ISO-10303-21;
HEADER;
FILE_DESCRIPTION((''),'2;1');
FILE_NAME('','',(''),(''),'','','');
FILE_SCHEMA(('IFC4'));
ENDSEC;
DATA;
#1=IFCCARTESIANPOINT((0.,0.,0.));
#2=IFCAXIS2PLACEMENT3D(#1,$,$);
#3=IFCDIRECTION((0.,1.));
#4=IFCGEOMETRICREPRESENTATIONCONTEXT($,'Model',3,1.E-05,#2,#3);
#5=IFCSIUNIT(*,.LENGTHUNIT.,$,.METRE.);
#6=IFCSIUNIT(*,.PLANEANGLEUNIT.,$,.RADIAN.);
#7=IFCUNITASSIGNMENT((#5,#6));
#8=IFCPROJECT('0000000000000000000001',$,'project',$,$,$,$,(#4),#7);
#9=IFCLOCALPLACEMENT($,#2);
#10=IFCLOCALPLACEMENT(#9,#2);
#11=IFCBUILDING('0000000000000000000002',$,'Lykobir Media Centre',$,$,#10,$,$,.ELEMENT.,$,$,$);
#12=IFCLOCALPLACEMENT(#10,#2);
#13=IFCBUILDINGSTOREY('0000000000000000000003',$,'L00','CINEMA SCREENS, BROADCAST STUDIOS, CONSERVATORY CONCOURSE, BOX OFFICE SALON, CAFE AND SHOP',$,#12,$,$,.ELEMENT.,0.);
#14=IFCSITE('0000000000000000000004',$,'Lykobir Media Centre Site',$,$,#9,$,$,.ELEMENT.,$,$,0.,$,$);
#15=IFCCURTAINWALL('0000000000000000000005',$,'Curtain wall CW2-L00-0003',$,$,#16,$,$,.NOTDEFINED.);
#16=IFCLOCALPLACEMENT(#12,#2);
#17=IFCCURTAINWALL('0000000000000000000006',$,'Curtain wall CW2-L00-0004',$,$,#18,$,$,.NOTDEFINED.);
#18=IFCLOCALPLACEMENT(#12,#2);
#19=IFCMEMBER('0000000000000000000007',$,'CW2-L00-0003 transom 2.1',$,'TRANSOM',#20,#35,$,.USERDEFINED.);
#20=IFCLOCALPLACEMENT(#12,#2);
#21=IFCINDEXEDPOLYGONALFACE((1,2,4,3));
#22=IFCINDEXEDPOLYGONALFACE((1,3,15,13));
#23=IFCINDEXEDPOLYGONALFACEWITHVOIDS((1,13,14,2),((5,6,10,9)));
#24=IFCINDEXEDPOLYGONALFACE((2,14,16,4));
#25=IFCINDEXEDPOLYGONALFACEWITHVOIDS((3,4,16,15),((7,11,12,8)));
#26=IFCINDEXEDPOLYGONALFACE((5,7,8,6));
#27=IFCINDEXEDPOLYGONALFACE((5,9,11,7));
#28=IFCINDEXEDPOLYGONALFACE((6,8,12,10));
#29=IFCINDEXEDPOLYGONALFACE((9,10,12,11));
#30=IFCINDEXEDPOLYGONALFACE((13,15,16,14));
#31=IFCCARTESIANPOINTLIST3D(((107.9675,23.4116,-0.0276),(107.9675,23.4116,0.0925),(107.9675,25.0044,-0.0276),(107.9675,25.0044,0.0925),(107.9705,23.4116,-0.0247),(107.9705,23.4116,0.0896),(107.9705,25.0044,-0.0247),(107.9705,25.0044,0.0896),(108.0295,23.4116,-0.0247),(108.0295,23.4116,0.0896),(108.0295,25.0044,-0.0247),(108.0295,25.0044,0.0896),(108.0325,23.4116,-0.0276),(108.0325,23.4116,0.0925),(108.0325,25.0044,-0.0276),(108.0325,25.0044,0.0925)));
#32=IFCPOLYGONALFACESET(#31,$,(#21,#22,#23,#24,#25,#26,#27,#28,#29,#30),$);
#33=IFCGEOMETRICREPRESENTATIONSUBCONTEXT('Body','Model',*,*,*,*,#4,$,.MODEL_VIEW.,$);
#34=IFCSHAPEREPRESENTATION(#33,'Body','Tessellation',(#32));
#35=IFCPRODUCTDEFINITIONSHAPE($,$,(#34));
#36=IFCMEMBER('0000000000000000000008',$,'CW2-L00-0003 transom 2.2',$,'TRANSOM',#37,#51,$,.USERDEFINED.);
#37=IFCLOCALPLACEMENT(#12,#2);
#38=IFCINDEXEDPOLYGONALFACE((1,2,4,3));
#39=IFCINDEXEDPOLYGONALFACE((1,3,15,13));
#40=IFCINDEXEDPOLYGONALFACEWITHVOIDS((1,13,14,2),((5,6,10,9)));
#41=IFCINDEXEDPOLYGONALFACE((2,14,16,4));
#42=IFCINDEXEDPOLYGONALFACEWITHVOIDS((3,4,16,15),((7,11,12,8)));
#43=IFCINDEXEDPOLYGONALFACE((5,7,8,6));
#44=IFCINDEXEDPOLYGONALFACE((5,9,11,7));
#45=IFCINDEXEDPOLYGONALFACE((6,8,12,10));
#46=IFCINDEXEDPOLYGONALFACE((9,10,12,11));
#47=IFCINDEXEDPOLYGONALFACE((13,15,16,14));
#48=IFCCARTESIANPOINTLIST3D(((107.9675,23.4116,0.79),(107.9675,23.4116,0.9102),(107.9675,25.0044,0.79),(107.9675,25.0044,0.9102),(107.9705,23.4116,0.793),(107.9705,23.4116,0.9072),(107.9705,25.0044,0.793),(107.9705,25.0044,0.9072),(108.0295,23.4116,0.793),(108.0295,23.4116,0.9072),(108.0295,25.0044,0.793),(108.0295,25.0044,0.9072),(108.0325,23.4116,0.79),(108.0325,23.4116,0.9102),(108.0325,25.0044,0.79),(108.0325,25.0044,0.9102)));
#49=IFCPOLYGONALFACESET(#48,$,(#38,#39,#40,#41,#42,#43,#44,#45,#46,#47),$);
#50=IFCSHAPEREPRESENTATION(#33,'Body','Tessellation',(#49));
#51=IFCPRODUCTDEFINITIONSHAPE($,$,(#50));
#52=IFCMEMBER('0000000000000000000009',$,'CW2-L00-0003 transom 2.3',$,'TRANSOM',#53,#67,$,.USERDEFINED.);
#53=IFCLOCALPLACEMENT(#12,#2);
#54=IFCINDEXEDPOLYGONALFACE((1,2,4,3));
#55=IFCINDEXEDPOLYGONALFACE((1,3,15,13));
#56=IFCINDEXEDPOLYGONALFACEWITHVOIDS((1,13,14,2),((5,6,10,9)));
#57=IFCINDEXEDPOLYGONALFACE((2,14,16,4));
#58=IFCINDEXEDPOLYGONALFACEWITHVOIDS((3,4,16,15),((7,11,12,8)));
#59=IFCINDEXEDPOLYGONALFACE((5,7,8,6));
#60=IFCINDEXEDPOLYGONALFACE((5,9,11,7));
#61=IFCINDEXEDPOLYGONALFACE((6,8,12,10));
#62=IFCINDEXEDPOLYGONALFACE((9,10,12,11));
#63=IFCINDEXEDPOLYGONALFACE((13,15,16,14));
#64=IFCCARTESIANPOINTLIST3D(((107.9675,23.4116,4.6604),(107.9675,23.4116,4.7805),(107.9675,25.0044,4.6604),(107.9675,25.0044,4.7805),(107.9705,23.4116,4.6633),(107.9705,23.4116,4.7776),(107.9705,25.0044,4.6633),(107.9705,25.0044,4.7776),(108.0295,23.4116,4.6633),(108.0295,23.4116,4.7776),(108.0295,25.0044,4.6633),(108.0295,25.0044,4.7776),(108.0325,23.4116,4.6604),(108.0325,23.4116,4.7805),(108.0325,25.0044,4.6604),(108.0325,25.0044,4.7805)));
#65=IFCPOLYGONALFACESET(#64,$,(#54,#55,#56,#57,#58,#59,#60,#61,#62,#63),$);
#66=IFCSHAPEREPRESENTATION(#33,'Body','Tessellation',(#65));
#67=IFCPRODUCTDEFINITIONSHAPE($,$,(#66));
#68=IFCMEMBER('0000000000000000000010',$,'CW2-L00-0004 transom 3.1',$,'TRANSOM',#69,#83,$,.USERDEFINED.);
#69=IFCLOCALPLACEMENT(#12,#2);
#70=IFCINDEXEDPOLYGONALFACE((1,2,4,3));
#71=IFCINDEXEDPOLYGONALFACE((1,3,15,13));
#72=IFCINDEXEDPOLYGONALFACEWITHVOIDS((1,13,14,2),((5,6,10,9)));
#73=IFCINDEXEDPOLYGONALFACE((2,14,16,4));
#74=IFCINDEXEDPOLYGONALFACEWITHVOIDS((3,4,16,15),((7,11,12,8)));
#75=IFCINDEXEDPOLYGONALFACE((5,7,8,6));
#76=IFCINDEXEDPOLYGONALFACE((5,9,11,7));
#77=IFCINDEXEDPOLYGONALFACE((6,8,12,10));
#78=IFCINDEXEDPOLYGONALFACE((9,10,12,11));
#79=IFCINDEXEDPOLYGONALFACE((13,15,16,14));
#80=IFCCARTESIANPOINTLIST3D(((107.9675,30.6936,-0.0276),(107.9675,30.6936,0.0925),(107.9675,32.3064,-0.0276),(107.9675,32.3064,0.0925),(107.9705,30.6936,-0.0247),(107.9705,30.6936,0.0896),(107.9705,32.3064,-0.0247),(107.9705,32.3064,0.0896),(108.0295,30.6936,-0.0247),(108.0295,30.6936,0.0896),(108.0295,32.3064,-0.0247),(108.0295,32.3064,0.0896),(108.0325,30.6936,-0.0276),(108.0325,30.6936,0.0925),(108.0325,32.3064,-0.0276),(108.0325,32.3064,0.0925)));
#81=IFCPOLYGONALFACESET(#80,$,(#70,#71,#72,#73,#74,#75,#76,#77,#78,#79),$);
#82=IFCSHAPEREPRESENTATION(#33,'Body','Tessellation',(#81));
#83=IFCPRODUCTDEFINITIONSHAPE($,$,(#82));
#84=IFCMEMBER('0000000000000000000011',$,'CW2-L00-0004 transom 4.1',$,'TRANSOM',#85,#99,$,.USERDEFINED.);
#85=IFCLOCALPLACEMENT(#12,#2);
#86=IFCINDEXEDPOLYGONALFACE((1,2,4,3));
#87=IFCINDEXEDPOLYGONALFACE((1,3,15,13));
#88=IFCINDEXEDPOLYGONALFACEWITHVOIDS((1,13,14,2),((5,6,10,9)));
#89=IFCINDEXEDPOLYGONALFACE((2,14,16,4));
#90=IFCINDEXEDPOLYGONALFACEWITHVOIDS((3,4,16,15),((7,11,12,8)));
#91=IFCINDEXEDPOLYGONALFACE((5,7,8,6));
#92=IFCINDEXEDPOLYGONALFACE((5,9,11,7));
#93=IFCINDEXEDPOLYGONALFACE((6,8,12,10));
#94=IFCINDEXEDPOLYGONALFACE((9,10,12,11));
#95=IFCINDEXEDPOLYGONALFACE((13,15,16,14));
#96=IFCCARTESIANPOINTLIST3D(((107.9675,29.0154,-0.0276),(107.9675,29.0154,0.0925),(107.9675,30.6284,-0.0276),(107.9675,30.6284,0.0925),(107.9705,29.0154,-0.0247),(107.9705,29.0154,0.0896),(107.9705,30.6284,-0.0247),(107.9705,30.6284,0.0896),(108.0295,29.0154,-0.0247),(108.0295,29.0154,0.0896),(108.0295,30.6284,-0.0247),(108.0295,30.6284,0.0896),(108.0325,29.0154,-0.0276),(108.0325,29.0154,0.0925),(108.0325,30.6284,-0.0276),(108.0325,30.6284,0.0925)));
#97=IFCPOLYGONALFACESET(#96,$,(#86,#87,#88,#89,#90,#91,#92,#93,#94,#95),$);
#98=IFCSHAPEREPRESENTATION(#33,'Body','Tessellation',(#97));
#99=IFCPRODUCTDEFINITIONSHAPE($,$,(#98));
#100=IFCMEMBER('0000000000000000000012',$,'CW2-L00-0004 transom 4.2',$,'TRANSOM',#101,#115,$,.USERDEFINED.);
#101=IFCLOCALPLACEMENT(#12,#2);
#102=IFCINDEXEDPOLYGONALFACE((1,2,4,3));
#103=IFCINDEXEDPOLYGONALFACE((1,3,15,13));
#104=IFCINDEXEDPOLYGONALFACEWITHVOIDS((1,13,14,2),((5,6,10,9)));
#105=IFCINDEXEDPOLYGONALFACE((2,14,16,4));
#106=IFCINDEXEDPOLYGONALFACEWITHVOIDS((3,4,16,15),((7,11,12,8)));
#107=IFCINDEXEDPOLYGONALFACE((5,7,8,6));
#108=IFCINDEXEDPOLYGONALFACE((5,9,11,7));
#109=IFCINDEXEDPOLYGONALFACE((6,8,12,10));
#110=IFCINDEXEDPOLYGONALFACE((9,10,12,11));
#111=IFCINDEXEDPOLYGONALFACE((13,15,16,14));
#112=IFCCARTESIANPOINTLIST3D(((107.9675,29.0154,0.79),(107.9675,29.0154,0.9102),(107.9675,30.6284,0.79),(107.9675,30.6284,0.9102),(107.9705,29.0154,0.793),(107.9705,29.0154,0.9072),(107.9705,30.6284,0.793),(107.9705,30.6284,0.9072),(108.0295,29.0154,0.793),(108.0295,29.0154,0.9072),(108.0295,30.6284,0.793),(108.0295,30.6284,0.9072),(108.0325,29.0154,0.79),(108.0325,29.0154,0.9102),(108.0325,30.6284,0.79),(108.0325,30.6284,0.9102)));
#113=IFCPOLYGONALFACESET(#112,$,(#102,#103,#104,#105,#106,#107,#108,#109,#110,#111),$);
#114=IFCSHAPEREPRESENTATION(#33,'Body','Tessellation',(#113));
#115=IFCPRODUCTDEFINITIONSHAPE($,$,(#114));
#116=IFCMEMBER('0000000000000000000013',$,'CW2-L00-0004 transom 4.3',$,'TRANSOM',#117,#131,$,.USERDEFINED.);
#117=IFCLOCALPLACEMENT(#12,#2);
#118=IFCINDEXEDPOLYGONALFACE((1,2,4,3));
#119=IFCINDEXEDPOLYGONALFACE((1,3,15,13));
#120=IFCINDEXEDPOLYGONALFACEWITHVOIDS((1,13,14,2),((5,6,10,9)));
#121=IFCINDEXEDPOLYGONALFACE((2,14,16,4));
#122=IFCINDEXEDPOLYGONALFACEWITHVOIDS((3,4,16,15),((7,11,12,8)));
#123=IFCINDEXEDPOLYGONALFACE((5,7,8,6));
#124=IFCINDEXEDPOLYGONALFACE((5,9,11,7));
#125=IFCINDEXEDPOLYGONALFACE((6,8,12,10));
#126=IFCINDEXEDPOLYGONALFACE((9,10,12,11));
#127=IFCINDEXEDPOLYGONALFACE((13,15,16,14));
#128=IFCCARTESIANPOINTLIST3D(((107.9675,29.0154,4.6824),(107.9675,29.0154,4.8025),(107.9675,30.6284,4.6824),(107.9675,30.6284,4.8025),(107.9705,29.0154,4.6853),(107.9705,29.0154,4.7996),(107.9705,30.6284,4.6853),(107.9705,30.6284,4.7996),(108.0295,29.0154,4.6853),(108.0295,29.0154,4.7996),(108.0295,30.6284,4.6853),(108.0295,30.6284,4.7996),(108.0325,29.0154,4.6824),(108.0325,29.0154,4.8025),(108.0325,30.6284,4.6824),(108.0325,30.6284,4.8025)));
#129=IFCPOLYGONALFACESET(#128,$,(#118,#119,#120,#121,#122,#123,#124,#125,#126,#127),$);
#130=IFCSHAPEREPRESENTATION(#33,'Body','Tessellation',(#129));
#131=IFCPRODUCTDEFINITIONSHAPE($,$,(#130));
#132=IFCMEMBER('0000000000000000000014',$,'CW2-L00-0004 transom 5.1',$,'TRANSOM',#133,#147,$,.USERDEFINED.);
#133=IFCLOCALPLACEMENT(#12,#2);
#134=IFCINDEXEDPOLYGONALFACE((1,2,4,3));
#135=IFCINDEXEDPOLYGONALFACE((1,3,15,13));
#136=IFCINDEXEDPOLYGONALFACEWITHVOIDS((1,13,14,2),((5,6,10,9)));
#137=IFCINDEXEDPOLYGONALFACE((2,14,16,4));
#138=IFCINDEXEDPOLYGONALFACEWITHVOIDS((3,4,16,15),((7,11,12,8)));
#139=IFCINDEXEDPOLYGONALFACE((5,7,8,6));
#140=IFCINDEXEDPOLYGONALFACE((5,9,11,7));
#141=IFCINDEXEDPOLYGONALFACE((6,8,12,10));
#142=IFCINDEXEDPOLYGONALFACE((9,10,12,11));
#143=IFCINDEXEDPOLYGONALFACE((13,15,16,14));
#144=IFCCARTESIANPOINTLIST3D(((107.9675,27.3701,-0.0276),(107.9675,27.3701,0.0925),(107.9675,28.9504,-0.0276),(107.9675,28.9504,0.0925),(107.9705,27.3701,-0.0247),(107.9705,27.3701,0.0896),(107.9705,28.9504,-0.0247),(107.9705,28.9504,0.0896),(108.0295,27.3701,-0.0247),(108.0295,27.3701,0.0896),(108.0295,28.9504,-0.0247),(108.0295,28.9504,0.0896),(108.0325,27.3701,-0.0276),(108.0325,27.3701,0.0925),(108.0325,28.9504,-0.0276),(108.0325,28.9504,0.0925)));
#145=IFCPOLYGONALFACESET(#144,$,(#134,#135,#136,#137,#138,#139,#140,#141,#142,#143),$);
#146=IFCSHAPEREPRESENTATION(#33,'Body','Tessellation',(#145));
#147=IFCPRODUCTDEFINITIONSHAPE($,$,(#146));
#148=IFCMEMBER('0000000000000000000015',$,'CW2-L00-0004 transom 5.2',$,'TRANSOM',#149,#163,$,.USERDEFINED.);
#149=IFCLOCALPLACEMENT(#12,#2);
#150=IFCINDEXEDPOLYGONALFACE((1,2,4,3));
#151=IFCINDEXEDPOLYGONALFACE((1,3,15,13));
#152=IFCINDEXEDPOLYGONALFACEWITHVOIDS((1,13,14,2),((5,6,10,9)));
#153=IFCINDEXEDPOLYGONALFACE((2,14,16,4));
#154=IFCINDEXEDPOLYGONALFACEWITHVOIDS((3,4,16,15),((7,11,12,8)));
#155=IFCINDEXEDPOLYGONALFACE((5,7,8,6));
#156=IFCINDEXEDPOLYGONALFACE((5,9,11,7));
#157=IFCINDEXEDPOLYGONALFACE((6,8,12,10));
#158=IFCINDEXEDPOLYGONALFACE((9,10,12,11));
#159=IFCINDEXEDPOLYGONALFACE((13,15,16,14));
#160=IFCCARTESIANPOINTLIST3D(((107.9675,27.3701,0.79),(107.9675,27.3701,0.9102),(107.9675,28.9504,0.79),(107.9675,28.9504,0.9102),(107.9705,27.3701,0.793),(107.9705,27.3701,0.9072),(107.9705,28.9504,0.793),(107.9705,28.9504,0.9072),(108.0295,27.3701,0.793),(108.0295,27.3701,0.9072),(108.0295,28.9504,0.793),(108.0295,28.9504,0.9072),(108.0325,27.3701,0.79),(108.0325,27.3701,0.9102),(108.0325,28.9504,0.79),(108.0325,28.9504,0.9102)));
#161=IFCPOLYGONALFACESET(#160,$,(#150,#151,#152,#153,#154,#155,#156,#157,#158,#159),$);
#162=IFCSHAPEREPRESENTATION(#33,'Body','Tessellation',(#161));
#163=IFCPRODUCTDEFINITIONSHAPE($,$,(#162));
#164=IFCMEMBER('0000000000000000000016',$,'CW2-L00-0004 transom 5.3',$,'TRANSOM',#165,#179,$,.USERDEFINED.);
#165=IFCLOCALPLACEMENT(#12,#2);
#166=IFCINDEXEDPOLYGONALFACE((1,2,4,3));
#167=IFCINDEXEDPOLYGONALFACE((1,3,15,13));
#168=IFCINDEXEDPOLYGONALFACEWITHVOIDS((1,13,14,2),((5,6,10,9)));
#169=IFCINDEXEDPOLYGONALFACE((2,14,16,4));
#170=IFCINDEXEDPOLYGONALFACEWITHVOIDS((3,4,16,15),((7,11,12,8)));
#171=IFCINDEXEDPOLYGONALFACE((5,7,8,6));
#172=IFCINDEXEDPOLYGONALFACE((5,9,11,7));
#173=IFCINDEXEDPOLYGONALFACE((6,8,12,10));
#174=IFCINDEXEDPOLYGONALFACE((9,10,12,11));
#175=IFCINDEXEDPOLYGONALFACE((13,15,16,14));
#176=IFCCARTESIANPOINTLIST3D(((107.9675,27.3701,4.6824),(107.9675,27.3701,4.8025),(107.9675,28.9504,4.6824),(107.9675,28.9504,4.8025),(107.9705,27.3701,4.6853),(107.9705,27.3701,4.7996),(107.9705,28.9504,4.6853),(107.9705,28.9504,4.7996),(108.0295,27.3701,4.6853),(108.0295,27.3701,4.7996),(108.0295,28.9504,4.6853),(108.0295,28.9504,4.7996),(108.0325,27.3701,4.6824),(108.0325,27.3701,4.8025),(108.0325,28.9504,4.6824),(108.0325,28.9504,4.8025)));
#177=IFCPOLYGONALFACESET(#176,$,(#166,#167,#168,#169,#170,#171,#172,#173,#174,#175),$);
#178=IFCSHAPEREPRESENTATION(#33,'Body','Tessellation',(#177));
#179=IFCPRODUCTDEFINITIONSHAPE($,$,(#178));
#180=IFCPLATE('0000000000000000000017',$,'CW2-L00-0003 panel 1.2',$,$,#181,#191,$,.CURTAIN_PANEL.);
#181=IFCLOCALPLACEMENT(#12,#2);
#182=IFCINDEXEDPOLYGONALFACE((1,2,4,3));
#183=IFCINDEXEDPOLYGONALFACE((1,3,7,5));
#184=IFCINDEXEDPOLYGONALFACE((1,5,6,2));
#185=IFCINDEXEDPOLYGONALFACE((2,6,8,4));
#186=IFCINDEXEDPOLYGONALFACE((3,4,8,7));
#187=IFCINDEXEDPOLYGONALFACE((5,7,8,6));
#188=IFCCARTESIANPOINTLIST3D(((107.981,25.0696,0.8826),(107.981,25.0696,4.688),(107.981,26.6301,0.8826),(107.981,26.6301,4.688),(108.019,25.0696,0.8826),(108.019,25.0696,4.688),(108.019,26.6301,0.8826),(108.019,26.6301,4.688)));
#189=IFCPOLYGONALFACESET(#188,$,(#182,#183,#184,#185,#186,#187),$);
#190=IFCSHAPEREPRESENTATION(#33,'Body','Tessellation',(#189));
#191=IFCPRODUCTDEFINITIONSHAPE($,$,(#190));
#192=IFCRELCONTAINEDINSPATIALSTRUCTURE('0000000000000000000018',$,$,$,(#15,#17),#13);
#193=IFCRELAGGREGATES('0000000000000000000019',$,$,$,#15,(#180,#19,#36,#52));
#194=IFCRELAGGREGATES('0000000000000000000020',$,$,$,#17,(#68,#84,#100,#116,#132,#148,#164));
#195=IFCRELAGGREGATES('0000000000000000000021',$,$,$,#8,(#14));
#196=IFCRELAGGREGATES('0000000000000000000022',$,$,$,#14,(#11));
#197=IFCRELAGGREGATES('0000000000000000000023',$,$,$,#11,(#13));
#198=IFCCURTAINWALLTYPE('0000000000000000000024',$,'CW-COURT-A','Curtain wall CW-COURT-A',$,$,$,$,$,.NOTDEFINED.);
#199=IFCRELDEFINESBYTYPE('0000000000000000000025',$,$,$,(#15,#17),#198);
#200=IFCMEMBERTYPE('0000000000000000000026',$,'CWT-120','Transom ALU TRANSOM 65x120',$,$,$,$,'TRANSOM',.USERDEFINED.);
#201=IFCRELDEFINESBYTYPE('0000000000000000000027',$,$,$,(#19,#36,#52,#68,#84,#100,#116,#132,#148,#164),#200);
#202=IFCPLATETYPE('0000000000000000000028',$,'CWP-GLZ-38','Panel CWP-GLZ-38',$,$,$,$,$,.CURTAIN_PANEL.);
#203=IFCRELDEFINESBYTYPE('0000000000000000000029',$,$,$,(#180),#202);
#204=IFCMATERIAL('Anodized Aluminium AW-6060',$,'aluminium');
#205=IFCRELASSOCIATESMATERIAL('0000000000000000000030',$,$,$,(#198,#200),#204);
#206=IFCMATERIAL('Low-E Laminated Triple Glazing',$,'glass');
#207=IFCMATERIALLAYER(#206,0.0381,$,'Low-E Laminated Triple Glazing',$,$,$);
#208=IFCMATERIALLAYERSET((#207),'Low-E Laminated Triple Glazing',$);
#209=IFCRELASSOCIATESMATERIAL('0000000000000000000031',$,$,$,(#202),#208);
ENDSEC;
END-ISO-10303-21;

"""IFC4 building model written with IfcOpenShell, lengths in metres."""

from ifc_helpers import new_model, si_unit, direction, frame, origin, origin_2d, place, context, subcontext, project, spatial, rectangle, hollow_rectangle, extrude, material, layer, layer_set, material_profile, profile_set, type_object, element, aggregate, save


model = new_model("IFC4")

# Units and contexts
model_context = context("Model", 3, precision=1e-05, world=origin(), true_north=direction((0.0, 1.0)))
body_context = subcontext(model_context, "Body", "Model", "MODEL_VIEW")
ifc_project = project(units=[si_unit("LENGTHUNIT", "METRE"), si_unit("PLANEANGLEUNIT", "RADIAN")], contexts=[model_context])

# Site, building, storey
site_placement = place(None, origin())
site = spatial("IfcSite", under=ifc_project, at=site_placement, Name="Lykobir Media Centre Site", CompositionType="ELEMENT", RefElevation=0.0)
building_placement = place(site_placement, origin())
building = spatial("IfcBuilding", under=site, at=building_placement, Name="Lykobir Media Centre", CompositionType="ELEMENT")
storey_placement = place(building_placement, origin())
storey = spatial("IfcBuildingStorey", under=building, at=storey_placement, Name="L00", Description="CINEMA SCREENS, BROADCAST STUDIOS, CONSERVATORY CONCOURSE, BOX OFFICE SALON, CAFE AND SHOP", CompositionType="ELEMENT", Elevation=0.0)

# Curtain walls
ifc_material_1 = material(Name="Anodized Aluminium AW-6060", Category="aluminium")
curtain_wall_type = type_object("IfcCurtainWallType", Name="CW-COURT-A", Description="Curtain wall CW-COURT-A", PredefinedType="NOTDEFINED", material=ifc_material_1)
curtain_wall_1_placement = place(storey_placement, origin())
curtain_wall_1 = element("IfcCurtainWall", 1, at=curtain_wall_1_placement, inside=storey, type_object=curtain_wall_type, Name="Curtain wall CW2-L00-0003", PredefinedType="NOTDEFINED")
curtain_wall_2_placement = place(storey_placement, origin())
curtain_wall_2 = element("IfcCurtainWall", 2, at=curtain_wall_2_placement, inside=storey, type_object=curtain_wall_type, Name="Curtain wall CW2-L00-0004", PredefinedType="NOTDEFINED")

# Members
ifc_material_profile_1 = material_profile(ifc_material_1, hollow_rectangle(XDim=0.0649, YDim=0.1201, WallThickness=0.0029, at=origin_2d()), Name="ALU TRANSOM 65x120")
ifc_profile_set_1 = profile_set([ifc_material_profile_1], Name="Anodized Aluminium AW-6060")
member_type_1 = type_object("IfcMemberType", Name="CWT-120", Description="Transom ALU TRANSOM 65x120", ElementType="TRANSOM", PredefinedType="USERDEFINED", material=ifc_profile_set_1)
member_1_placement = place(storey_placement, frame((108.0, 25.0044, 0.0325), z_axis=(0.0, -1.0, 0.0), x_axis=(1.0, 0.0, 0.0)))
member_1 = element("IfcMember", 3, at=member_1_placement, type_object=member_type_1, Name="CW2-L00-0003 transom 2.1", ObjectType="TRANSOM", PredefinedType="USERDEFINED", context=body_context, shape_type="SweptSolid", body=[
    extrude(hollow_rectangle(XDim=0.0649, YDim=0.1201, WallThickness=0.0029, at=origin_2d()), origin(), (0.0, 0.0, 1.0), 1.5928),
])
member_2_placement = place(storey_placement, frame((108.0, 25.0044, 0.8501), z_axis=(0.0, -1.0, 0.0), x_axis=(1.0, 0.0, 0.0)))
member_2 = element("IfcMember", 4, at=member_2_placement, type_object=member_type_1, Name="CW2-L00-0003 transom 2.2", ObjectType="TRANSOM", PredefinedType="USERDEFINED", context=body_context, shape_type="SweptSolid", body=[
    extrude(hollow_rectangle(XDim=0.0649, YDim=0.1201, WallThickness=0.0029, at=origin_2d()), origin(), (0.0, 0.0, 1.0), 1.5928),
])
member_3_placement = place(storey_placement, frame((108.0, 25.0044, 4.7205), z_axis=(0.0, -1.0, 0.0), x_axis=(1.0, 0.0, 0.0)))
member_3 = element("IfcMember", 5, at=member_3_placement, type_object=member_type_1, Name="CW2-L00-0003 transom 2.3", ObjectType="TRANSOM", PredefinedType="USERDEFINED", context=body_context, shape_type="SweptSolid", body=[
    extrude(hollow_rectangle(XDim=0.0649, YDim=0.1201, WallThickness=0.0029, at=origin_2d()), origin(), (0.0, 0.0, 1.0), 1.5928),
])
member_4_placement = place(storey_placement, frame((108.0, 32.3064, 0.0325), z_axis=(0.0, -1.0, 0.0), x_axis=(1.0, 0.0, 0.0)))
member_4 = element("IfcMember", 6, at=member_4_placement, type_object=member_type_1, Name="CW2-L00-0004 transom 3.1", ObjectType="TRANSOM", PredefinedType="USERDEFINED", context=body_context, shape_type="SweptSolid", body=[
    extrude(hollow_rectangle(XDim=0.0649, YDim=0.1201, WallThickness=0.0029, at=origin_2d()), origin(), (0.0, 0.0, 1.0), 1.6128),
])
member_5_placement = place(storey_placement, frame((108.0, 30.6284, 0.0325), z_axis=(0.0, -1.0, 0.0), x_axis=(1.0, 0.0, 0.0)))
member_5 = element("IfcMember", 7, at=member_5_placement, type_object=member_type_1, Name="CW2-L00-0004 transom 4.1", ObjectType="TRANSOM", PredefinedType="USERDEFINED", context=body_context, shape_type="SweptSolid", body=[
    extrude(hollow_rectangle(XDim=0.0649, YDim=0.1201, WallThickness=0.0029, at=origin_2d()), origin(), (0.0, 0.0, 1.0), 1.613),
])
member_6_placement = place(storey_placement, frame((108.0, 30.6284, 0.8501), z_axis=(0.0, -1.0, 0.0), x_axis=(1.0, 0.0, 0.0)))
member_6 = element("IfcMember", 8, at=member_6_placement, type_object=member_type_1, Name="CW2-L00-0004 transom 4.2", ObjectType="TRANSOM", PredefinedType="USERDEFINED", context=body_context, shape_type="SweptSolid", body=[
    extrude(hollow_rectangle(XDim=0.0649, YDim=0.1201, WallThickness=0.0029, at=origin_2d()), origin(), (0.0, 0.0, 1.0), 1.613),
])
member_7_placement = place(storey_placement, frame((108.0, 30.6284, 4.7424), z_axis=(0.0, -1.0, 0.0), x_axis=(1.0, 0.0, 0.0)))
member_7 = element("IfcMember", 9, at=member_7_placement, type_object=member_type_1, Name="CW2-L00-0004 transom 4.3", ObjectType="TRANSOM", PredefinedType="USERDEFINED", context=body_context, shape_type="SweptSolid", body=[
    extrude(hollow_rectangle(XDim=0.0649, YDim=0.1201, WallThickness=0.0029, at=origin_2d()), origin(), (0.0, 0.0, 1.0), 1.613),
])
member_8_placement = place(storey_placement, frame((108.0, 28.9504, 0.0325), z_axis=(0.0, -1.0, 0.0), x_axis=(1.0, 0.0, 0.0)))
member_8 = element("IfcMember", 10, at=member_8_placement, type_object=member_type_1, Name="CW2-L00-0004 transom 5.1", ObjectType="TRANSOM", PredefinedType="USERDEFINED", context=body_context, shape_type="SweptSolid", body=[
    extrude(hollow_rectangle(XDim=0.0649, YDim=0.1201, WallThickness=0.0029, at=origin_2d()), origin(), (0.0, 0.0, 1.0), 1.5803),
])
member_9_placement = place(storey_placement, frame((108.0, 28.9504, 0.8501), z_axis=(0.0, -1.0, 0.0), x_axis=(1.0, 0.0, 0.0)))
member_9 = element("IfcMember", 11, at=member_9_placement, type_object=member_type_1, Name="CW2-L00-0004 transom 5.2", ObjectType="TRANSOM", PredefinedType="USERDEFINED", context=body_context, shape_type="SweptSolid", body=[
    extrude(hollow_rectangle(XDim=0.0649, YDim=0.1201, WallThickness=0.0029, at=origin_2d()), origin(), (0.0, 0.0, 1.0), 1.5803),
])
member_10_placement = place(storey_placement, frame((108.0, 28.9504, 4.7424), z_axis=(0.0, -1.0, 0.0), x_axis=(1.0, 0.0, 0.0)))
member_10 = element("IfcMember", 12, at=member_10_placement, type_object=member_type_1, Name="CW2-L00-0004 transom 5.3", ObjectType="TRANSOM", PredefinedType="USERDEFINED", context=body_context, shape_type="SweptSolid", body=[
    extrude(hollow_rectangle(XDim=0.0649, YDim=0.1201, WallThickness=0.0029, at=origin_2d()), origin(), (0.0, 0.0, 1.0), 1.5803),
])

# Plate
ifc_material_2 = material(Name="Low-E Laminated Triple Glazing", Category="glass")
ifc_layer_1 = layer(ifc_material_2, 0.0381, Name="Low-E Laminated Triple Glazing")
ifc_layer_set_1 = layer_set([ifc_layer_1], Name="Low-E Laminated Triple Glazing")
plate_type_1 = type_object("IfcPlateType", Name="CWP-GLZ-38", Description="Panel CWP-GLZ-38", PredefinedType="CURTAIN_PANEL", material=ifc_layer_set_1)
plate_1_placement = place(storey_placement, frame((108.0, 25.8499, 0.8826), z_axis=(0.0, 0.0, 1.0), x_axis=(0.0, -1.0, 0.0)))
plate_1 = element("IfcPlate", 13, at=plate_1_placement, type_object=plate_type_1, Name="CW2-L00-0003 panel 1.2", PredefinedType="CURTAIN_PANEL", context=body_context, shape_type="SweptSolid", body=[
    extrude(rectangle(XDim=1.5605, YDim=0.0381, at=origin_2d()), origin(), (0.0, 0.0, 1.0), 3.8054),
])
aggregate(curtain_wall_1, [plate_1, member_1, member_2, member_3])
aggregate(curtain_wall_2, [member_4, member_5, member_6, member_7, member_8, member_9, member_10])

save(model, "model.ifc")
